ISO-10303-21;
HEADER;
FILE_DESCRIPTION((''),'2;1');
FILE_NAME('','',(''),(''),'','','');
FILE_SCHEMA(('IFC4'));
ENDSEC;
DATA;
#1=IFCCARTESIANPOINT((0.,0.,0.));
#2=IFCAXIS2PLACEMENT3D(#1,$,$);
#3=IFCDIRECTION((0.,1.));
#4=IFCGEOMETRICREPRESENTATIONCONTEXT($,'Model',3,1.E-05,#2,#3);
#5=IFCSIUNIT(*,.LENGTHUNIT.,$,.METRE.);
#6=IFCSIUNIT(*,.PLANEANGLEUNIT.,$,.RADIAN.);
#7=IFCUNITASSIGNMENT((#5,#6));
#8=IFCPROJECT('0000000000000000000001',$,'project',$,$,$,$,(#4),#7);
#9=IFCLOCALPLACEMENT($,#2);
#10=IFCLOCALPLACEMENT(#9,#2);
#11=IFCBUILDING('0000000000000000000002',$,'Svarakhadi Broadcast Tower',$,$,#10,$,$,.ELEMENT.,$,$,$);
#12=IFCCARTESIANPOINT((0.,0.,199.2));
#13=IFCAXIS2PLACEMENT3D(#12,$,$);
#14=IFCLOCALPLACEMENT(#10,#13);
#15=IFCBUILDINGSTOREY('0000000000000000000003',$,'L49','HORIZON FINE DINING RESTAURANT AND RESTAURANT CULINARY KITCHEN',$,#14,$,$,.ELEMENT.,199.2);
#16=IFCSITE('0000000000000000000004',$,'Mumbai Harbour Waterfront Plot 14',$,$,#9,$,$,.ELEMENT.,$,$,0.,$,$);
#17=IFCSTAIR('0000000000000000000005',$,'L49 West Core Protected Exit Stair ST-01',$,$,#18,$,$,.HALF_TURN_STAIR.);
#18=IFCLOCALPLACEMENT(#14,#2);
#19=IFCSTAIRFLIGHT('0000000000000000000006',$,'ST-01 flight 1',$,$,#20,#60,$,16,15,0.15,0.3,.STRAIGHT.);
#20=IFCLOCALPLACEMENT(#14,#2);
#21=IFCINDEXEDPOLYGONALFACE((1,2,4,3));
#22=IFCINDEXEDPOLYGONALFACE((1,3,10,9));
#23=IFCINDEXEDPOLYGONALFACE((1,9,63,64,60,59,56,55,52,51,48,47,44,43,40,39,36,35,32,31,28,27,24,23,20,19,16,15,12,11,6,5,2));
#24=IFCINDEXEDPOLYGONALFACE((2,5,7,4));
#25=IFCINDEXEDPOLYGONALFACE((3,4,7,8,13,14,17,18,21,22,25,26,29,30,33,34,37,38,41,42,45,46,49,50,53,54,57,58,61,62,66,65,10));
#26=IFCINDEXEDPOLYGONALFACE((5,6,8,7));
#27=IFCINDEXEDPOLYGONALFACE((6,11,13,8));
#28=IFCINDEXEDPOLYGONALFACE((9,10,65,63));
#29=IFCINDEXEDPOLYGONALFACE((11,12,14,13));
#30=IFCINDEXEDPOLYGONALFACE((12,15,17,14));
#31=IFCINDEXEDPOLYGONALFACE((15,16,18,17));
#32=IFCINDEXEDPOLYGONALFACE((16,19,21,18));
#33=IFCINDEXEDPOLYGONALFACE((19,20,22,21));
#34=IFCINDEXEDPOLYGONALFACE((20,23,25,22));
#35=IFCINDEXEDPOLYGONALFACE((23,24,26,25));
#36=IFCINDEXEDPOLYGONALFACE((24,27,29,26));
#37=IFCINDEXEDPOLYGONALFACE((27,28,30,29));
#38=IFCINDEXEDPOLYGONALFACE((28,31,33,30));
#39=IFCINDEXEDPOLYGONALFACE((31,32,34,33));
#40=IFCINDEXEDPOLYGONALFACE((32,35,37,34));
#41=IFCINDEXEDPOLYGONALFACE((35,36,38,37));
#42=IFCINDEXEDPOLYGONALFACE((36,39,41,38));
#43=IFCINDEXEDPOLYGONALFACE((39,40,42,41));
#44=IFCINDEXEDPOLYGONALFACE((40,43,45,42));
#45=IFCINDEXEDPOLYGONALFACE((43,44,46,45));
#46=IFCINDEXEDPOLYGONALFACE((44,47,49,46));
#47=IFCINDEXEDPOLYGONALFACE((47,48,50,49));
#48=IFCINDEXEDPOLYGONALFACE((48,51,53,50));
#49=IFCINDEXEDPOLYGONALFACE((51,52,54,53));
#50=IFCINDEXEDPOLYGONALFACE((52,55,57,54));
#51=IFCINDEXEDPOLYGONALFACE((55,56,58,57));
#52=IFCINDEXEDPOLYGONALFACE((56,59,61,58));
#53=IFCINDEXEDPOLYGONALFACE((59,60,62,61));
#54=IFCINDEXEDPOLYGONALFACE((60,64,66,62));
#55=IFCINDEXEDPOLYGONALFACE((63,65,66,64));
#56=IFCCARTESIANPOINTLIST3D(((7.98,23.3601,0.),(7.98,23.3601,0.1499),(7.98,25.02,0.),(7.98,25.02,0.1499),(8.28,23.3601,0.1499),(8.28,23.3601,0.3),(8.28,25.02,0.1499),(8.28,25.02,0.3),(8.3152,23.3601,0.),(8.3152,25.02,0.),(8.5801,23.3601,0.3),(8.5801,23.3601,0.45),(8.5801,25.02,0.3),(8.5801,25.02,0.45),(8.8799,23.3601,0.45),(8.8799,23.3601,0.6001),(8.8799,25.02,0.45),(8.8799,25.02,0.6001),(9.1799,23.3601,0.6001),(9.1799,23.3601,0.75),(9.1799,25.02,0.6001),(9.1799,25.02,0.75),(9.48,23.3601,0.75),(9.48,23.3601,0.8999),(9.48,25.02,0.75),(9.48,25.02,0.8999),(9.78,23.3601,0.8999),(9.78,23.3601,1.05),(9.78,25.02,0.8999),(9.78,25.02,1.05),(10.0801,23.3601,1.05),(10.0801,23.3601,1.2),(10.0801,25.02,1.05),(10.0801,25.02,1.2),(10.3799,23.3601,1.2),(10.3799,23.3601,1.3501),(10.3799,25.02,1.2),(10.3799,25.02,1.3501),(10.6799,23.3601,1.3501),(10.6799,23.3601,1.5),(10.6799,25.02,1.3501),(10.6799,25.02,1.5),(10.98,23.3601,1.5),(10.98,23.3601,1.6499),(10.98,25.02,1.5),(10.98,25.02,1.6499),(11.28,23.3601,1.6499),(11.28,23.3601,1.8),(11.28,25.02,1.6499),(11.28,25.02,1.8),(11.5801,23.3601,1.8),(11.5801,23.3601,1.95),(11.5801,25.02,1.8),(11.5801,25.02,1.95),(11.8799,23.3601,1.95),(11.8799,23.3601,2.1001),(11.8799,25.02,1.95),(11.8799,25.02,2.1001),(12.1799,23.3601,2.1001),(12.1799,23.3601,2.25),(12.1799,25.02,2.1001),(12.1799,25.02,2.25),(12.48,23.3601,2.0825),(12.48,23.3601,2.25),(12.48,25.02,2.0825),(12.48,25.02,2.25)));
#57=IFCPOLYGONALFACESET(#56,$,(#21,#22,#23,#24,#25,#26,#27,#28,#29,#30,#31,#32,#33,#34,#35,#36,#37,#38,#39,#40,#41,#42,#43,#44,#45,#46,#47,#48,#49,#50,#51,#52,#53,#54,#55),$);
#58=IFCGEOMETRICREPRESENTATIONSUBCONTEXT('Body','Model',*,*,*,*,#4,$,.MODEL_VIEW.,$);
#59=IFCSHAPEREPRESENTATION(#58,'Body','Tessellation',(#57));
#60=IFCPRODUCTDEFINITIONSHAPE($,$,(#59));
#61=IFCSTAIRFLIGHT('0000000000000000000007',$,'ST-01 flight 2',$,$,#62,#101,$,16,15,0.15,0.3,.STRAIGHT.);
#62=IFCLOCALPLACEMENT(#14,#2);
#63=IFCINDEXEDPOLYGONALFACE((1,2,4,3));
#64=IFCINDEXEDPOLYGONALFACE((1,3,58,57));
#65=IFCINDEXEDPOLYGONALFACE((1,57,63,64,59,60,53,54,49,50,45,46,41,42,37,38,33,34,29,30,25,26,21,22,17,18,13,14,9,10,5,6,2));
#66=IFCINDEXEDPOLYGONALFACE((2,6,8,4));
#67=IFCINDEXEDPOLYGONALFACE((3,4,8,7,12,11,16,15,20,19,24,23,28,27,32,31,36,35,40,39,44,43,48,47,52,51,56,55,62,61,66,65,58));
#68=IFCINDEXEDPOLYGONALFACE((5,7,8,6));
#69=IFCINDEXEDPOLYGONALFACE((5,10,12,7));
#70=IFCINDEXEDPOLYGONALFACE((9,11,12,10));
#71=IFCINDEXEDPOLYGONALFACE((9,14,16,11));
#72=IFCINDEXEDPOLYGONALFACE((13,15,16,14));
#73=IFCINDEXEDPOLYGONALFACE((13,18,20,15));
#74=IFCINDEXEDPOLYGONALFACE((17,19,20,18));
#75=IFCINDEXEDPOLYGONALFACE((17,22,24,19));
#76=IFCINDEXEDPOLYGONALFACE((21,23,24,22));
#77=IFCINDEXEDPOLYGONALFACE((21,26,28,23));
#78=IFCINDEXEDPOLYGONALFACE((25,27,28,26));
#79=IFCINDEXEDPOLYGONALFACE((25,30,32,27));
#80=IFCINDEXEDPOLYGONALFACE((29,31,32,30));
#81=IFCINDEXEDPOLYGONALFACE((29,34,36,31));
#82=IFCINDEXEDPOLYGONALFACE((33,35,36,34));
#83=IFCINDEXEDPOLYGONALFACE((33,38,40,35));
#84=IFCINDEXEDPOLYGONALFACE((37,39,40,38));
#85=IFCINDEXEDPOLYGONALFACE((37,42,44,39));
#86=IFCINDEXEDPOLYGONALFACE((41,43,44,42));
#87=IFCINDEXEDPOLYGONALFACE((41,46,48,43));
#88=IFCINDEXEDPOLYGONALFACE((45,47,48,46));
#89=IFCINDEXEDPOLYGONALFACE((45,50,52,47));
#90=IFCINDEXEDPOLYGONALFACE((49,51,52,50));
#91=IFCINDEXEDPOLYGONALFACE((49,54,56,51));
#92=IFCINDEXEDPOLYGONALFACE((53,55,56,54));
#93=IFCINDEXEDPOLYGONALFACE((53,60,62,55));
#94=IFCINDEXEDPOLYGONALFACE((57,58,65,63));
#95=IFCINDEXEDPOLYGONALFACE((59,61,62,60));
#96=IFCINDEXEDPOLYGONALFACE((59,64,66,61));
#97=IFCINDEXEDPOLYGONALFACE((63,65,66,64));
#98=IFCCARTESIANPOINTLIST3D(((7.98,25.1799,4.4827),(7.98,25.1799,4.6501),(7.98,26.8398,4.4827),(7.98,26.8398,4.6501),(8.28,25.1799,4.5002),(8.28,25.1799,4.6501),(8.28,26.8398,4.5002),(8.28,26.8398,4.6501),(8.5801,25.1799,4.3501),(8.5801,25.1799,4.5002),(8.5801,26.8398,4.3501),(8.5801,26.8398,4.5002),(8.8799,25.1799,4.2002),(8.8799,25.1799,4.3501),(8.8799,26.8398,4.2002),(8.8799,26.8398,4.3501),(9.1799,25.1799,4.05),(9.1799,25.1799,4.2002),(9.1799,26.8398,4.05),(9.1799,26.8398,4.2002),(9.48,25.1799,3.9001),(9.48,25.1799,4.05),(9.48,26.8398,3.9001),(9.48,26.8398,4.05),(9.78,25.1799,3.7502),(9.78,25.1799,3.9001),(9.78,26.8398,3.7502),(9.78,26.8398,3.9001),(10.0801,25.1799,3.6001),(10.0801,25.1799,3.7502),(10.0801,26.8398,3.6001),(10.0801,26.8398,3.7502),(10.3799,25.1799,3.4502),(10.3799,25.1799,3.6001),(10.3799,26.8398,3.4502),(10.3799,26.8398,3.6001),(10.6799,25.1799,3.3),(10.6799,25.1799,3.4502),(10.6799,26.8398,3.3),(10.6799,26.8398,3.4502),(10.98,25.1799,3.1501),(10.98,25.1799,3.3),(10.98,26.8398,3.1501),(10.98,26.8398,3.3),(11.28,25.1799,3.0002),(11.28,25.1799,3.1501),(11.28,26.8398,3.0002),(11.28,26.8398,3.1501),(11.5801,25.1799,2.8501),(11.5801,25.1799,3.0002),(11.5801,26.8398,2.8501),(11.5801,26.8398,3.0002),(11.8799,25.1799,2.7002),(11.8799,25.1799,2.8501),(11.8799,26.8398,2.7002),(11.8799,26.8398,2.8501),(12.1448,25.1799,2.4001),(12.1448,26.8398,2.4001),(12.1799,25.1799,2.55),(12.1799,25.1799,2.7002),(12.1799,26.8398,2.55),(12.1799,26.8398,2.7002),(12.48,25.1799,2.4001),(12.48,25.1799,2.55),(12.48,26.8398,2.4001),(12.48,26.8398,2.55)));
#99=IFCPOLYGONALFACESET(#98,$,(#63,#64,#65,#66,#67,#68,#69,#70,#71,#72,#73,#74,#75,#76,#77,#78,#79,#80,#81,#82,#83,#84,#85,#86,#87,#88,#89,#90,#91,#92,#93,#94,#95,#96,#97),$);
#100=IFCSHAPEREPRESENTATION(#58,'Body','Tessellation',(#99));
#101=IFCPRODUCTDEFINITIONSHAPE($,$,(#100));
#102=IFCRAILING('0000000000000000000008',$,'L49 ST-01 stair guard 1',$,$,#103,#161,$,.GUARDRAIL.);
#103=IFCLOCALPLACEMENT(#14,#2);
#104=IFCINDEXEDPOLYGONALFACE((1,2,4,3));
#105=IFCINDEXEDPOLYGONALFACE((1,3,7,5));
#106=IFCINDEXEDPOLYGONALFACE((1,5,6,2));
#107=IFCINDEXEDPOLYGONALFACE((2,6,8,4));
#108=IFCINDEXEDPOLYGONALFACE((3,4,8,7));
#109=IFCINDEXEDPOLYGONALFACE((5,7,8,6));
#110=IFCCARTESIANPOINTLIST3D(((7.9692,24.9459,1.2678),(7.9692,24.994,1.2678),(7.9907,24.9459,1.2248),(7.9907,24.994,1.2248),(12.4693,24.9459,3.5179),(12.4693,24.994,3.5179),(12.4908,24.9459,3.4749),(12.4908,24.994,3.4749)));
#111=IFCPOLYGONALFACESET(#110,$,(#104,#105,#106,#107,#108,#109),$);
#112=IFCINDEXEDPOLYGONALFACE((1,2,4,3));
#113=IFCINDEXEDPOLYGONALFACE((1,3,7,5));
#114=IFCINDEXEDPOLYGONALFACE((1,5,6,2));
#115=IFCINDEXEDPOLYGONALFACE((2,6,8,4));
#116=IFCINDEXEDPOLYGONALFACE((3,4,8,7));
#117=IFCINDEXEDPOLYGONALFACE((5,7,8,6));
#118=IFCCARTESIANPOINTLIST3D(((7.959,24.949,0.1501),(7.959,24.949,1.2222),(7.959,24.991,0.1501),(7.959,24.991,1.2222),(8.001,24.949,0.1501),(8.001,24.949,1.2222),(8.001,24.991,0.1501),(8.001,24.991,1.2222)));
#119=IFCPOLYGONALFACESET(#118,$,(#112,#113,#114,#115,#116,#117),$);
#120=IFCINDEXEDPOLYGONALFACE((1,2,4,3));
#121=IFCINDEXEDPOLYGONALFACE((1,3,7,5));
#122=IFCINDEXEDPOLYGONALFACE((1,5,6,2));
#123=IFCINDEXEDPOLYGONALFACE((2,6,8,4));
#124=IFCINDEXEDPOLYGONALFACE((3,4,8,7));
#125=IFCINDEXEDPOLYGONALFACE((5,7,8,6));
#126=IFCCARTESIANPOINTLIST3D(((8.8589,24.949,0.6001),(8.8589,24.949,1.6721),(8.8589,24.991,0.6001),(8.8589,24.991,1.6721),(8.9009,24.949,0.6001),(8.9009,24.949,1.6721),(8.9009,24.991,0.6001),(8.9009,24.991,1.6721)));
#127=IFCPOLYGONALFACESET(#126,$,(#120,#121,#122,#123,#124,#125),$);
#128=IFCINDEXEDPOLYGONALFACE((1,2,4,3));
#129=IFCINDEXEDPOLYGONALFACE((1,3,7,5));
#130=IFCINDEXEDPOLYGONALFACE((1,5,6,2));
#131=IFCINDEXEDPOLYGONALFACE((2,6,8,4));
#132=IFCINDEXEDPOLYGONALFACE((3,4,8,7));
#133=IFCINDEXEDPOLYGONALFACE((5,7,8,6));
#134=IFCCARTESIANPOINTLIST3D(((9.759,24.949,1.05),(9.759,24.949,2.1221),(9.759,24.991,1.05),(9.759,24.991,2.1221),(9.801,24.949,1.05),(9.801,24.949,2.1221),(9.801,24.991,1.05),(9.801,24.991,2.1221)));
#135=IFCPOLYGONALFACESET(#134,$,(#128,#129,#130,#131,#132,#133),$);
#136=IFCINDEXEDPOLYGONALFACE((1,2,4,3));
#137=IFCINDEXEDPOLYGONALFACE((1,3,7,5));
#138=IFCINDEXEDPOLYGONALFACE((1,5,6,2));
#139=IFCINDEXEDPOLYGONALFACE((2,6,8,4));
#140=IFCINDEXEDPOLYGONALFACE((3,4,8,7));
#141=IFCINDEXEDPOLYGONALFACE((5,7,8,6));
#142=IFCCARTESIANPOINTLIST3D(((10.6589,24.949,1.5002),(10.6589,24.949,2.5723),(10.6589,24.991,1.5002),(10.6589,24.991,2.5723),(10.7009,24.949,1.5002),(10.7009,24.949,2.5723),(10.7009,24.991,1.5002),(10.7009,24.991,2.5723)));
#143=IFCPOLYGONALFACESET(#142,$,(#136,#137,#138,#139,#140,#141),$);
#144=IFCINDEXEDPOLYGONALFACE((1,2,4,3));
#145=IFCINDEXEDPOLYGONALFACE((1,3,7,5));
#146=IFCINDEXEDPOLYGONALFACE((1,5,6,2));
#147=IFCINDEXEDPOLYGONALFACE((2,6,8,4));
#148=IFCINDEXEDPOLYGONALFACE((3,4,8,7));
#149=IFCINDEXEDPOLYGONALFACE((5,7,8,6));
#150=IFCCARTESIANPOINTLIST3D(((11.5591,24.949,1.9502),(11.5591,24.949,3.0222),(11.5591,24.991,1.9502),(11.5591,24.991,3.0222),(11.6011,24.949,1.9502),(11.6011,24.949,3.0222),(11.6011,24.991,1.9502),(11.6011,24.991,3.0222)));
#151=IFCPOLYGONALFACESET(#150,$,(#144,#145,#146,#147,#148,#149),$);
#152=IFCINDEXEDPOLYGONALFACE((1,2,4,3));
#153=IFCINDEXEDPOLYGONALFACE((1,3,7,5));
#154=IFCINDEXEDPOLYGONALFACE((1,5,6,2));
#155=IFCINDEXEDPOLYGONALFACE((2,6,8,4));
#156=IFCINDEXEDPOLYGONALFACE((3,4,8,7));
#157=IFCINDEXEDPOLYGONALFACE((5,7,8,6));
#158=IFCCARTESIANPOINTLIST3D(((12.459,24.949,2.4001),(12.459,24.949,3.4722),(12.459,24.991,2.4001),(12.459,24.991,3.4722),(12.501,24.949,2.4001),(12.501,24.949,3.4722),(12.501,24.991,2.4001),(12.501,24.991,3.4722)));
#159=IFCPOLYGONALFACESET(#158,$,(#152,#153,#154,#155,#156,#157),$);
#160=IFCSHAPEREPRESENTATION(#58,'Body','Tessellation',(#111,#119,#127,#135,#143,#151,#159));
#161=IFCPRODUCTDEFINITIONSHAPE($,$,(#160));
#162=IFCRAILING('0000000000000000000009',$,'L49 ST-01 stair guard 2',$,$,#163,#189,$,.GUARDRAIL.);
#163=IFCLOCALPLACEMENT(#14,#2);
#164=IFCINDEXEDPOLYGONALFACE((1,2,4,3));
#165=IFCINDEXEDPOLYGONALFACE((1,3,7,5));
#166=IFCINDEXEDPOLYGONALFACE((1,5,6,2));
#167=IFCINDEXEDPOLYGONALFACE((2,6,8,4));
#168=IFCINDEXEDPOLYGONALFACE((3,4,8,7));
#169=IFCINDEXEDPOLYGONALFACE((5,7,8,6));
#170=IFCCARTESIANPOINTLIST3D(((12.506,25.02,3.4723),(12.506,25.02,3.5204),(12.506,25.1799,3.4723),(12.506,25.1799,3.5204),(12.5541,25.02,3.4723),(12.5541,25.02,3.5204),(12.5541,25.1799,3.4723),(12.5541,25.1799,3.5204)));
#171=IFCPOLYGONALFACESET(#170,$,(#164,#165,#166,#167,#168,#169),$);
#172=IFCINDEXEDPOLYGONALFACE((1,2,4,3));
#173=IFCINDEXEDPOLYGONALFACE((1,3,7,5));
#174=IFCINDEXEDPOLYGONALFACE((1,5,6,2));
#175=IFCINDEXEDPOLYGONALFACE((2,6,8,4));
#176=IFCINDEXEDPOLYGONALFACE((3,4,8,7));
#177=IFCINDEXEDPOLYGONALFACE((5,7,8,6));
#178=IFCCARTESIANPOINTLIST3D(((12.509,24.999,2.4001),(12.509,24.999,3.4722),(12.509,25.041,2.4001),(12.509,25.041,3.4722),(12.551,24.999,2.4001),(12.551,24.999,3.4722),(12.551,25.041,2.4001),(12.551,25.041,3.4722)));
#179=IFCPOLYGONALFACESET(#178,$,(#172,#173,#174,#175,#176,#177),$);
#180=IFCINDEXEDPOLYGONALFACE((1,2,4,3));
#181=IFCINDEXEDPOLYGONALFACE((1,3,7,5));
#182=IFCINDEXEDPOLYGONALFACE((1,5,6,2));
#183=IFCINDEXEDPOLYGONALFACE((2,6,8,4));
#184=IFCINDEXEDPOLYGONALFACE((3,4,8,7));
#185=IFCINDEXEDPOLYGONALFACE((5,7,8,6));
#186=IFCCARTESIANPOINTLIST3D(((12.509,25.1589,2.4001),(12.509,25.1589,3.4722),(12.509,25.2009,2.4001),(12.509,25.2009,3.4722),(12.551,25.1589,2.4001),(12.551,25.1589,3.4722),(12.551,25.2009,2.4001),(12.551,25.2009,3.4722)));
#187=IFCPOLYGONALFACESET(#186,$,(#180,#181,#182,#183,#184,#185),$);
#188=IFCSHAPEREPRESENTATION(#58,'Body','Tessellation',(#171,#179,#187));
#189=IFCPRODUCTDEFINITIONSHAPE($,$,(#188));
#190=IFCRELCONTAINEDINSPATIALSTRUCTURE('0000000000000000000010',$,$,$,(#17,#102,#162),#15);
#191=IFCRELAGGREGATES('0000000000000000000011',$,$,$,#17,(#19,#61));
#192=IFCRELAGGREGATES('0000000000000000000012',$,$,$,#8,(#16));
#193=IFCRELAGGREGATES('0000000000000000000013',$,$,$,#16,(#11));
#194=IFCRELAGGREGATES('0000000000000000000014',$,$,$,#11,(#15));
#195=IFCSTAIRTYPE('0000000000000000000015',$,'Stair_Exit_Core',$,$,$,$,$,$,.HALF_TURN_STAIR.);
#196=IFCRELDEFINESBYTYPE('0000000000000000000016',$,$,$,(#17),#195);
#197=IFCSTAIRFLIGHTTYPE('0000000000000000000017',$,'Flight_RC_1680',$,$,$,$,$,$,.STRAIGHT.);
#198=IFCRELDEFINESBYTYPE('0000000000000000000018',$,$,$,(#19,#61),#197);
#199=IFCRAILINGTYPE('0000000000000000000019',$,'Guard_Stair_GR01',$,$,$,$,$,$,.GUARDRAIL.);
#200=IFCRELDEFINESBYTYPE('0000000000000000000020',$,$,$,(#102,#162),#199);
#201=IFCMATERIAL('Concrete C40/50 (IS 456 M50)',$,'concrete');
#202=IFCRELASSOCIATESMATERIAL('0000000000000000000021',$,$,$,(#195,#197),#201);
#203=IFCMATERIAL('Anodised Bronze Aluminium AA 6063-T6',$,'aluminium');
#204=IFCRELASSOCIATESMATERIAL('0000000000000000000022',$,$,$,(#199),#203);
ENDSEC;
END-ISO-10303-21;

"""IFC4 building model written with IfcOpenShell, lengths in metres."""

from ifc_helpers import new_model, si_unit, direction, frame, origin, origin_2d, place, context, subcontext, project, spatial, polyline, rectangle, outline, extrude, material, type_object, element, aggregate, save


model = new_model("IFC4")

# Units and contexts
model_context = context("Model", 3, precision=1e-05, world=origin(), true_north=direction((0.0, 1.0)))
body_context = subcontext(model_context, "Body", "Model", "MODEL_VIEW")
ifc_project = project(units=[si_unit("LENGTHUNIT", "METRE"), si_unit("PLANEANGLEUNIT", "RADIAN")], contexts=[model_context])

# Site, building, storey
site_placement = place(None, origin())
site = spatial("IfcSite", under=ifc_project, at=site_placement, Name="Mumbai Harbour Waterfront Plot 14", CompositionType="ELEMENT", RefElevation=0.0)
building_placement = place(site_placement, origin())
building = spatial("IfcBuilding", under=site, at=building_placement, Name="Svarakhadi Broadcast Tower", CompositionType="ELEMENT")
storey_placement = place(building_placement, frame((0.0, 0.0, 199.2)))
storey = spatial("IfcBuildingStorey", under=building, at=storey_placement, Name="L49", Description="HORIZON FINE DINING RESTAURANT AND RESTAURANT CULINARY KITCHEN", CompositionType="ELEMENT", Elevation=199.2)

# Shared definitions
ifc_material_1 = material(Name="Concrete C40/50 (IS 456 M50)", Category="concrete")

# Stair, stair flights
stair_type = type_object("IfcStairType", Name="Stair_Exit_Core", PredefinedType="HALF_TURN_STAIR", material=ifc_material_1)
stair_placement = place(storey_placement, origin())
stair = element("IfcStair", 1, at=stair_placement, inside=storey, type_object=stair_type, Name="L49 West Core Protected Exit Stair ST-01", PredefinedType="HALF_TURN_STAIR")
stair_flight_type = type_object("IfcStairFlightType", Name="Flight_RC_1680", PredefinedType="STRAIGHT", material=ifc_material_1)
stair_flight_1_placement = place(storey_placement, frame((7.98, 24.1899, 0.0), z_axis=(0.0, 0.0, 1.0), x_axis=(1.0, 0.0, 0.0)))
stair_flight_1 = element("IfcStairFlight", 2, at=stair_flight_1_placement, type_object=stair_flight_type, Name="ST-01 flight 1", NumberOfRisers=16, NumberOfTreads=15, PredefinedType="STRAIGHT", RiserHeight=0.15, TreadLength=0.3, context=body_context, shape_type="SweptSolid", body=[
    extrude(outline(polyline([(0.0, 0.0), (0.0, 0.1499), (0.3, 0.1499), (0.3, 0.3), (0.6001, 0.3), (0.6001, 0.45), (0.8999, 0.45), (0.8999, 0.6001), (1.2, 0.6001), (1.2, 0.75), (1.5, 0.75), (1.5, 0.8999), (1.8, 0.8999), (1.8, 1.05), (2.1001, 1.05), (2.1001, 1.2), (2.3999, 1.2), (2.3999, 1.3501), (2.7, 1.3501), (2.7, 1.5), (3.0, 1.5), (3.0, 1.6499), (3.3, 1.6499), (3.3, 1.8), (3.6001, 1.8), (3.6001, 1.95), (3.8999, 1.95), (3.8999, 2.1001), (4.2, 2.1001), (4.2, 2.25), (4.5, 2.25), (4.5, 2.3999), (4.5, 2.0825), (0.3352, 0.0), (0.0, 0.0)])), frame((0.0, 0.8301, 0.0), z_axis=(0.0, -1.0, 0.0), x_axis=(1.0, 0.0, 0.0)), (0.0, 0.0, 1.0), 1.6599),
])
stair_flight_2_placement = place(storey_placement, frame((12.48, 26.01, 2.4001), z_axis=(0.0, 0.0, 1.0), x_axis=(-1.0, 0.0, 0.0)))
stair_flight_2 = element("IfcStairFlight", 3, at=stair_flight_2_placement, type_object=stair_flight_type, Name="ST-01 flight 2", NumberOfRisers=16, NumberOfTreads=15, PredefinedType="STRAIGHT", RiserHeight=0.15, TreadLength=0.3, context=body_context, shape_type="SweptSolid", body=[
    extrude(outline(polyline([(0.0, 0.0), (0.0, 0.1499), (0.3, 0.1499), (0.3, 0.3), (0.6001, 0.3), (0.6001, 0.45), (0.8999, 0.45), (0.8999, 0.6001), (1.2, 0.6001), (1.2, 0.75), (1.5, 0.75), (1.5, 0.8999), (1.8, 0.8999), (1.8, 1.05), (2.1001, 1.05), (2.1001, 1.2), (2.3999, 1.2), (2.3999, 1.3501), (2.7, 1.3501), (2.7, 1.5), (3.0, 1.5), (3.0, 1.6499), (3.3, 1.6499), (3.3, 1.8), (3.6001, 1.8), (3.6001, 1.95), (3.8999, 1.95), (3.8999, 2.1001), (4.2, 2.1001), (4.2, 2.25), (4.5, 2.25), (4.5, 2.3999), (4.5, 2.0825), (0.3352, 0.0), (0.0, 0.0)])), frame((0.0, 0.8301, 0.0), z_axis=(0.0, -1.0, 0.0), x_axis=(1.0, 0.0, 0.0)), (0.0, 0.0, 1.0), 1.6599),
])
aggregate(stair, [stair_flight_1, stair_flight_2])

# Railings
ifc_material_2 = material(Name="Anodised Bronze Aluminium AA 6063-T6", Category="aluminium")
railing_type_1 = type_object("IfcRailingType", Name="Guard_Stair_GR01", PredefinedType="GUARDRAIL", material=ifc_material_2)
railing_1_placement = place(storey_placement, frame((7.98, 24.97, 0.1501)))
element("IfcRailing", 4, at=railing_1_placement, inside=storey, type_object=railing_type_1, Name="L49 ST-01 stair guard 1", PredefinedType="GUARDRAIL", context=body_context, shape_type="SweptSolid", body=[
    extrude(rectangle(XDim=0.0481, YDim=0.0481, at=origin_2d()), frame((0.0, 0.0, 1.0962), z_axis=(0.894427, 0.0, 0.447214), x_axis=(0.0, 1.0, 0.0)), (0.0, 0.0, 1.0), 5.0312),
    extrude(rectangle(XDim=0.042, YDim=0.042, at=origin_2d()), origin(), (0.0, 0.0, 1.0), 1.072),
    extrude(rectangle(XDim=0.042, YDim=0.042, at=origin_2d()), frame((0.8999, 0.0, 0.45)), (0.0, 0.0, 1.0), 1.072),
    extrude(rectangle(XDim=0.042, YDim=0.042, at=origin_2d()), frame((1.8, 0.0, 0.8999)), (0.0, 0.0, 1.0), 1.072),
    extrude(rectangle(XDim=0.042, YDim=0.042, at=origin_2d()), frame((2.7, 0.0, 1.3501)), (0.0, 0.0, 1.0), 1.072),
    extrude(rectangle(XDim=0.042, YDim=0.042, at=origin_2d()), frame((3.6001, 0.0, 1.8)), (0.0, 0.0, 1.0), 1.072),
    extrude(rectangle(XDim=0.042, YDim=0.042, at=origin_2d()), frame((4.5, 0.0, 2.25)), (0.0, 0.0, 1.0), 1.072),
])
railing_2_placement = place(storey_placement, frame((12.53, 25.02, 2.4001)))
element("IfcRailing", 5, at=railing_2_placement, inside=storey, type_object=railing_type_1, Name="L49 ST-01 stair guard 2", PredefinedType="GUARDRAIL", context=body_context, shape_type="SweptSolid", body=[
    extrude(rectangle(XDim=0.0481, YDim=0.0481, at=origin_2d()), frame((0.0, 0.0, 1.0962), z_axis=(0.0, 1.0, 0.0), x_axis=(-1.0, 0.0, 0.0)), (0.0, 0.0, 1.0), 0.1599),
    extrude(rectangle(XDim=0.042, YDim=0.042, at=origin_2d()), origin(), (0.0, 0.0, 1.0), 1.072),
    extrude(rectangle(XDim=0.042, YDim=0.042, at=origin_2d()), frame((0.0, 0.1599, 0.0)), (0.0, 0.0, 1.0), 1.072),
])

save(model, "model.ifc")
